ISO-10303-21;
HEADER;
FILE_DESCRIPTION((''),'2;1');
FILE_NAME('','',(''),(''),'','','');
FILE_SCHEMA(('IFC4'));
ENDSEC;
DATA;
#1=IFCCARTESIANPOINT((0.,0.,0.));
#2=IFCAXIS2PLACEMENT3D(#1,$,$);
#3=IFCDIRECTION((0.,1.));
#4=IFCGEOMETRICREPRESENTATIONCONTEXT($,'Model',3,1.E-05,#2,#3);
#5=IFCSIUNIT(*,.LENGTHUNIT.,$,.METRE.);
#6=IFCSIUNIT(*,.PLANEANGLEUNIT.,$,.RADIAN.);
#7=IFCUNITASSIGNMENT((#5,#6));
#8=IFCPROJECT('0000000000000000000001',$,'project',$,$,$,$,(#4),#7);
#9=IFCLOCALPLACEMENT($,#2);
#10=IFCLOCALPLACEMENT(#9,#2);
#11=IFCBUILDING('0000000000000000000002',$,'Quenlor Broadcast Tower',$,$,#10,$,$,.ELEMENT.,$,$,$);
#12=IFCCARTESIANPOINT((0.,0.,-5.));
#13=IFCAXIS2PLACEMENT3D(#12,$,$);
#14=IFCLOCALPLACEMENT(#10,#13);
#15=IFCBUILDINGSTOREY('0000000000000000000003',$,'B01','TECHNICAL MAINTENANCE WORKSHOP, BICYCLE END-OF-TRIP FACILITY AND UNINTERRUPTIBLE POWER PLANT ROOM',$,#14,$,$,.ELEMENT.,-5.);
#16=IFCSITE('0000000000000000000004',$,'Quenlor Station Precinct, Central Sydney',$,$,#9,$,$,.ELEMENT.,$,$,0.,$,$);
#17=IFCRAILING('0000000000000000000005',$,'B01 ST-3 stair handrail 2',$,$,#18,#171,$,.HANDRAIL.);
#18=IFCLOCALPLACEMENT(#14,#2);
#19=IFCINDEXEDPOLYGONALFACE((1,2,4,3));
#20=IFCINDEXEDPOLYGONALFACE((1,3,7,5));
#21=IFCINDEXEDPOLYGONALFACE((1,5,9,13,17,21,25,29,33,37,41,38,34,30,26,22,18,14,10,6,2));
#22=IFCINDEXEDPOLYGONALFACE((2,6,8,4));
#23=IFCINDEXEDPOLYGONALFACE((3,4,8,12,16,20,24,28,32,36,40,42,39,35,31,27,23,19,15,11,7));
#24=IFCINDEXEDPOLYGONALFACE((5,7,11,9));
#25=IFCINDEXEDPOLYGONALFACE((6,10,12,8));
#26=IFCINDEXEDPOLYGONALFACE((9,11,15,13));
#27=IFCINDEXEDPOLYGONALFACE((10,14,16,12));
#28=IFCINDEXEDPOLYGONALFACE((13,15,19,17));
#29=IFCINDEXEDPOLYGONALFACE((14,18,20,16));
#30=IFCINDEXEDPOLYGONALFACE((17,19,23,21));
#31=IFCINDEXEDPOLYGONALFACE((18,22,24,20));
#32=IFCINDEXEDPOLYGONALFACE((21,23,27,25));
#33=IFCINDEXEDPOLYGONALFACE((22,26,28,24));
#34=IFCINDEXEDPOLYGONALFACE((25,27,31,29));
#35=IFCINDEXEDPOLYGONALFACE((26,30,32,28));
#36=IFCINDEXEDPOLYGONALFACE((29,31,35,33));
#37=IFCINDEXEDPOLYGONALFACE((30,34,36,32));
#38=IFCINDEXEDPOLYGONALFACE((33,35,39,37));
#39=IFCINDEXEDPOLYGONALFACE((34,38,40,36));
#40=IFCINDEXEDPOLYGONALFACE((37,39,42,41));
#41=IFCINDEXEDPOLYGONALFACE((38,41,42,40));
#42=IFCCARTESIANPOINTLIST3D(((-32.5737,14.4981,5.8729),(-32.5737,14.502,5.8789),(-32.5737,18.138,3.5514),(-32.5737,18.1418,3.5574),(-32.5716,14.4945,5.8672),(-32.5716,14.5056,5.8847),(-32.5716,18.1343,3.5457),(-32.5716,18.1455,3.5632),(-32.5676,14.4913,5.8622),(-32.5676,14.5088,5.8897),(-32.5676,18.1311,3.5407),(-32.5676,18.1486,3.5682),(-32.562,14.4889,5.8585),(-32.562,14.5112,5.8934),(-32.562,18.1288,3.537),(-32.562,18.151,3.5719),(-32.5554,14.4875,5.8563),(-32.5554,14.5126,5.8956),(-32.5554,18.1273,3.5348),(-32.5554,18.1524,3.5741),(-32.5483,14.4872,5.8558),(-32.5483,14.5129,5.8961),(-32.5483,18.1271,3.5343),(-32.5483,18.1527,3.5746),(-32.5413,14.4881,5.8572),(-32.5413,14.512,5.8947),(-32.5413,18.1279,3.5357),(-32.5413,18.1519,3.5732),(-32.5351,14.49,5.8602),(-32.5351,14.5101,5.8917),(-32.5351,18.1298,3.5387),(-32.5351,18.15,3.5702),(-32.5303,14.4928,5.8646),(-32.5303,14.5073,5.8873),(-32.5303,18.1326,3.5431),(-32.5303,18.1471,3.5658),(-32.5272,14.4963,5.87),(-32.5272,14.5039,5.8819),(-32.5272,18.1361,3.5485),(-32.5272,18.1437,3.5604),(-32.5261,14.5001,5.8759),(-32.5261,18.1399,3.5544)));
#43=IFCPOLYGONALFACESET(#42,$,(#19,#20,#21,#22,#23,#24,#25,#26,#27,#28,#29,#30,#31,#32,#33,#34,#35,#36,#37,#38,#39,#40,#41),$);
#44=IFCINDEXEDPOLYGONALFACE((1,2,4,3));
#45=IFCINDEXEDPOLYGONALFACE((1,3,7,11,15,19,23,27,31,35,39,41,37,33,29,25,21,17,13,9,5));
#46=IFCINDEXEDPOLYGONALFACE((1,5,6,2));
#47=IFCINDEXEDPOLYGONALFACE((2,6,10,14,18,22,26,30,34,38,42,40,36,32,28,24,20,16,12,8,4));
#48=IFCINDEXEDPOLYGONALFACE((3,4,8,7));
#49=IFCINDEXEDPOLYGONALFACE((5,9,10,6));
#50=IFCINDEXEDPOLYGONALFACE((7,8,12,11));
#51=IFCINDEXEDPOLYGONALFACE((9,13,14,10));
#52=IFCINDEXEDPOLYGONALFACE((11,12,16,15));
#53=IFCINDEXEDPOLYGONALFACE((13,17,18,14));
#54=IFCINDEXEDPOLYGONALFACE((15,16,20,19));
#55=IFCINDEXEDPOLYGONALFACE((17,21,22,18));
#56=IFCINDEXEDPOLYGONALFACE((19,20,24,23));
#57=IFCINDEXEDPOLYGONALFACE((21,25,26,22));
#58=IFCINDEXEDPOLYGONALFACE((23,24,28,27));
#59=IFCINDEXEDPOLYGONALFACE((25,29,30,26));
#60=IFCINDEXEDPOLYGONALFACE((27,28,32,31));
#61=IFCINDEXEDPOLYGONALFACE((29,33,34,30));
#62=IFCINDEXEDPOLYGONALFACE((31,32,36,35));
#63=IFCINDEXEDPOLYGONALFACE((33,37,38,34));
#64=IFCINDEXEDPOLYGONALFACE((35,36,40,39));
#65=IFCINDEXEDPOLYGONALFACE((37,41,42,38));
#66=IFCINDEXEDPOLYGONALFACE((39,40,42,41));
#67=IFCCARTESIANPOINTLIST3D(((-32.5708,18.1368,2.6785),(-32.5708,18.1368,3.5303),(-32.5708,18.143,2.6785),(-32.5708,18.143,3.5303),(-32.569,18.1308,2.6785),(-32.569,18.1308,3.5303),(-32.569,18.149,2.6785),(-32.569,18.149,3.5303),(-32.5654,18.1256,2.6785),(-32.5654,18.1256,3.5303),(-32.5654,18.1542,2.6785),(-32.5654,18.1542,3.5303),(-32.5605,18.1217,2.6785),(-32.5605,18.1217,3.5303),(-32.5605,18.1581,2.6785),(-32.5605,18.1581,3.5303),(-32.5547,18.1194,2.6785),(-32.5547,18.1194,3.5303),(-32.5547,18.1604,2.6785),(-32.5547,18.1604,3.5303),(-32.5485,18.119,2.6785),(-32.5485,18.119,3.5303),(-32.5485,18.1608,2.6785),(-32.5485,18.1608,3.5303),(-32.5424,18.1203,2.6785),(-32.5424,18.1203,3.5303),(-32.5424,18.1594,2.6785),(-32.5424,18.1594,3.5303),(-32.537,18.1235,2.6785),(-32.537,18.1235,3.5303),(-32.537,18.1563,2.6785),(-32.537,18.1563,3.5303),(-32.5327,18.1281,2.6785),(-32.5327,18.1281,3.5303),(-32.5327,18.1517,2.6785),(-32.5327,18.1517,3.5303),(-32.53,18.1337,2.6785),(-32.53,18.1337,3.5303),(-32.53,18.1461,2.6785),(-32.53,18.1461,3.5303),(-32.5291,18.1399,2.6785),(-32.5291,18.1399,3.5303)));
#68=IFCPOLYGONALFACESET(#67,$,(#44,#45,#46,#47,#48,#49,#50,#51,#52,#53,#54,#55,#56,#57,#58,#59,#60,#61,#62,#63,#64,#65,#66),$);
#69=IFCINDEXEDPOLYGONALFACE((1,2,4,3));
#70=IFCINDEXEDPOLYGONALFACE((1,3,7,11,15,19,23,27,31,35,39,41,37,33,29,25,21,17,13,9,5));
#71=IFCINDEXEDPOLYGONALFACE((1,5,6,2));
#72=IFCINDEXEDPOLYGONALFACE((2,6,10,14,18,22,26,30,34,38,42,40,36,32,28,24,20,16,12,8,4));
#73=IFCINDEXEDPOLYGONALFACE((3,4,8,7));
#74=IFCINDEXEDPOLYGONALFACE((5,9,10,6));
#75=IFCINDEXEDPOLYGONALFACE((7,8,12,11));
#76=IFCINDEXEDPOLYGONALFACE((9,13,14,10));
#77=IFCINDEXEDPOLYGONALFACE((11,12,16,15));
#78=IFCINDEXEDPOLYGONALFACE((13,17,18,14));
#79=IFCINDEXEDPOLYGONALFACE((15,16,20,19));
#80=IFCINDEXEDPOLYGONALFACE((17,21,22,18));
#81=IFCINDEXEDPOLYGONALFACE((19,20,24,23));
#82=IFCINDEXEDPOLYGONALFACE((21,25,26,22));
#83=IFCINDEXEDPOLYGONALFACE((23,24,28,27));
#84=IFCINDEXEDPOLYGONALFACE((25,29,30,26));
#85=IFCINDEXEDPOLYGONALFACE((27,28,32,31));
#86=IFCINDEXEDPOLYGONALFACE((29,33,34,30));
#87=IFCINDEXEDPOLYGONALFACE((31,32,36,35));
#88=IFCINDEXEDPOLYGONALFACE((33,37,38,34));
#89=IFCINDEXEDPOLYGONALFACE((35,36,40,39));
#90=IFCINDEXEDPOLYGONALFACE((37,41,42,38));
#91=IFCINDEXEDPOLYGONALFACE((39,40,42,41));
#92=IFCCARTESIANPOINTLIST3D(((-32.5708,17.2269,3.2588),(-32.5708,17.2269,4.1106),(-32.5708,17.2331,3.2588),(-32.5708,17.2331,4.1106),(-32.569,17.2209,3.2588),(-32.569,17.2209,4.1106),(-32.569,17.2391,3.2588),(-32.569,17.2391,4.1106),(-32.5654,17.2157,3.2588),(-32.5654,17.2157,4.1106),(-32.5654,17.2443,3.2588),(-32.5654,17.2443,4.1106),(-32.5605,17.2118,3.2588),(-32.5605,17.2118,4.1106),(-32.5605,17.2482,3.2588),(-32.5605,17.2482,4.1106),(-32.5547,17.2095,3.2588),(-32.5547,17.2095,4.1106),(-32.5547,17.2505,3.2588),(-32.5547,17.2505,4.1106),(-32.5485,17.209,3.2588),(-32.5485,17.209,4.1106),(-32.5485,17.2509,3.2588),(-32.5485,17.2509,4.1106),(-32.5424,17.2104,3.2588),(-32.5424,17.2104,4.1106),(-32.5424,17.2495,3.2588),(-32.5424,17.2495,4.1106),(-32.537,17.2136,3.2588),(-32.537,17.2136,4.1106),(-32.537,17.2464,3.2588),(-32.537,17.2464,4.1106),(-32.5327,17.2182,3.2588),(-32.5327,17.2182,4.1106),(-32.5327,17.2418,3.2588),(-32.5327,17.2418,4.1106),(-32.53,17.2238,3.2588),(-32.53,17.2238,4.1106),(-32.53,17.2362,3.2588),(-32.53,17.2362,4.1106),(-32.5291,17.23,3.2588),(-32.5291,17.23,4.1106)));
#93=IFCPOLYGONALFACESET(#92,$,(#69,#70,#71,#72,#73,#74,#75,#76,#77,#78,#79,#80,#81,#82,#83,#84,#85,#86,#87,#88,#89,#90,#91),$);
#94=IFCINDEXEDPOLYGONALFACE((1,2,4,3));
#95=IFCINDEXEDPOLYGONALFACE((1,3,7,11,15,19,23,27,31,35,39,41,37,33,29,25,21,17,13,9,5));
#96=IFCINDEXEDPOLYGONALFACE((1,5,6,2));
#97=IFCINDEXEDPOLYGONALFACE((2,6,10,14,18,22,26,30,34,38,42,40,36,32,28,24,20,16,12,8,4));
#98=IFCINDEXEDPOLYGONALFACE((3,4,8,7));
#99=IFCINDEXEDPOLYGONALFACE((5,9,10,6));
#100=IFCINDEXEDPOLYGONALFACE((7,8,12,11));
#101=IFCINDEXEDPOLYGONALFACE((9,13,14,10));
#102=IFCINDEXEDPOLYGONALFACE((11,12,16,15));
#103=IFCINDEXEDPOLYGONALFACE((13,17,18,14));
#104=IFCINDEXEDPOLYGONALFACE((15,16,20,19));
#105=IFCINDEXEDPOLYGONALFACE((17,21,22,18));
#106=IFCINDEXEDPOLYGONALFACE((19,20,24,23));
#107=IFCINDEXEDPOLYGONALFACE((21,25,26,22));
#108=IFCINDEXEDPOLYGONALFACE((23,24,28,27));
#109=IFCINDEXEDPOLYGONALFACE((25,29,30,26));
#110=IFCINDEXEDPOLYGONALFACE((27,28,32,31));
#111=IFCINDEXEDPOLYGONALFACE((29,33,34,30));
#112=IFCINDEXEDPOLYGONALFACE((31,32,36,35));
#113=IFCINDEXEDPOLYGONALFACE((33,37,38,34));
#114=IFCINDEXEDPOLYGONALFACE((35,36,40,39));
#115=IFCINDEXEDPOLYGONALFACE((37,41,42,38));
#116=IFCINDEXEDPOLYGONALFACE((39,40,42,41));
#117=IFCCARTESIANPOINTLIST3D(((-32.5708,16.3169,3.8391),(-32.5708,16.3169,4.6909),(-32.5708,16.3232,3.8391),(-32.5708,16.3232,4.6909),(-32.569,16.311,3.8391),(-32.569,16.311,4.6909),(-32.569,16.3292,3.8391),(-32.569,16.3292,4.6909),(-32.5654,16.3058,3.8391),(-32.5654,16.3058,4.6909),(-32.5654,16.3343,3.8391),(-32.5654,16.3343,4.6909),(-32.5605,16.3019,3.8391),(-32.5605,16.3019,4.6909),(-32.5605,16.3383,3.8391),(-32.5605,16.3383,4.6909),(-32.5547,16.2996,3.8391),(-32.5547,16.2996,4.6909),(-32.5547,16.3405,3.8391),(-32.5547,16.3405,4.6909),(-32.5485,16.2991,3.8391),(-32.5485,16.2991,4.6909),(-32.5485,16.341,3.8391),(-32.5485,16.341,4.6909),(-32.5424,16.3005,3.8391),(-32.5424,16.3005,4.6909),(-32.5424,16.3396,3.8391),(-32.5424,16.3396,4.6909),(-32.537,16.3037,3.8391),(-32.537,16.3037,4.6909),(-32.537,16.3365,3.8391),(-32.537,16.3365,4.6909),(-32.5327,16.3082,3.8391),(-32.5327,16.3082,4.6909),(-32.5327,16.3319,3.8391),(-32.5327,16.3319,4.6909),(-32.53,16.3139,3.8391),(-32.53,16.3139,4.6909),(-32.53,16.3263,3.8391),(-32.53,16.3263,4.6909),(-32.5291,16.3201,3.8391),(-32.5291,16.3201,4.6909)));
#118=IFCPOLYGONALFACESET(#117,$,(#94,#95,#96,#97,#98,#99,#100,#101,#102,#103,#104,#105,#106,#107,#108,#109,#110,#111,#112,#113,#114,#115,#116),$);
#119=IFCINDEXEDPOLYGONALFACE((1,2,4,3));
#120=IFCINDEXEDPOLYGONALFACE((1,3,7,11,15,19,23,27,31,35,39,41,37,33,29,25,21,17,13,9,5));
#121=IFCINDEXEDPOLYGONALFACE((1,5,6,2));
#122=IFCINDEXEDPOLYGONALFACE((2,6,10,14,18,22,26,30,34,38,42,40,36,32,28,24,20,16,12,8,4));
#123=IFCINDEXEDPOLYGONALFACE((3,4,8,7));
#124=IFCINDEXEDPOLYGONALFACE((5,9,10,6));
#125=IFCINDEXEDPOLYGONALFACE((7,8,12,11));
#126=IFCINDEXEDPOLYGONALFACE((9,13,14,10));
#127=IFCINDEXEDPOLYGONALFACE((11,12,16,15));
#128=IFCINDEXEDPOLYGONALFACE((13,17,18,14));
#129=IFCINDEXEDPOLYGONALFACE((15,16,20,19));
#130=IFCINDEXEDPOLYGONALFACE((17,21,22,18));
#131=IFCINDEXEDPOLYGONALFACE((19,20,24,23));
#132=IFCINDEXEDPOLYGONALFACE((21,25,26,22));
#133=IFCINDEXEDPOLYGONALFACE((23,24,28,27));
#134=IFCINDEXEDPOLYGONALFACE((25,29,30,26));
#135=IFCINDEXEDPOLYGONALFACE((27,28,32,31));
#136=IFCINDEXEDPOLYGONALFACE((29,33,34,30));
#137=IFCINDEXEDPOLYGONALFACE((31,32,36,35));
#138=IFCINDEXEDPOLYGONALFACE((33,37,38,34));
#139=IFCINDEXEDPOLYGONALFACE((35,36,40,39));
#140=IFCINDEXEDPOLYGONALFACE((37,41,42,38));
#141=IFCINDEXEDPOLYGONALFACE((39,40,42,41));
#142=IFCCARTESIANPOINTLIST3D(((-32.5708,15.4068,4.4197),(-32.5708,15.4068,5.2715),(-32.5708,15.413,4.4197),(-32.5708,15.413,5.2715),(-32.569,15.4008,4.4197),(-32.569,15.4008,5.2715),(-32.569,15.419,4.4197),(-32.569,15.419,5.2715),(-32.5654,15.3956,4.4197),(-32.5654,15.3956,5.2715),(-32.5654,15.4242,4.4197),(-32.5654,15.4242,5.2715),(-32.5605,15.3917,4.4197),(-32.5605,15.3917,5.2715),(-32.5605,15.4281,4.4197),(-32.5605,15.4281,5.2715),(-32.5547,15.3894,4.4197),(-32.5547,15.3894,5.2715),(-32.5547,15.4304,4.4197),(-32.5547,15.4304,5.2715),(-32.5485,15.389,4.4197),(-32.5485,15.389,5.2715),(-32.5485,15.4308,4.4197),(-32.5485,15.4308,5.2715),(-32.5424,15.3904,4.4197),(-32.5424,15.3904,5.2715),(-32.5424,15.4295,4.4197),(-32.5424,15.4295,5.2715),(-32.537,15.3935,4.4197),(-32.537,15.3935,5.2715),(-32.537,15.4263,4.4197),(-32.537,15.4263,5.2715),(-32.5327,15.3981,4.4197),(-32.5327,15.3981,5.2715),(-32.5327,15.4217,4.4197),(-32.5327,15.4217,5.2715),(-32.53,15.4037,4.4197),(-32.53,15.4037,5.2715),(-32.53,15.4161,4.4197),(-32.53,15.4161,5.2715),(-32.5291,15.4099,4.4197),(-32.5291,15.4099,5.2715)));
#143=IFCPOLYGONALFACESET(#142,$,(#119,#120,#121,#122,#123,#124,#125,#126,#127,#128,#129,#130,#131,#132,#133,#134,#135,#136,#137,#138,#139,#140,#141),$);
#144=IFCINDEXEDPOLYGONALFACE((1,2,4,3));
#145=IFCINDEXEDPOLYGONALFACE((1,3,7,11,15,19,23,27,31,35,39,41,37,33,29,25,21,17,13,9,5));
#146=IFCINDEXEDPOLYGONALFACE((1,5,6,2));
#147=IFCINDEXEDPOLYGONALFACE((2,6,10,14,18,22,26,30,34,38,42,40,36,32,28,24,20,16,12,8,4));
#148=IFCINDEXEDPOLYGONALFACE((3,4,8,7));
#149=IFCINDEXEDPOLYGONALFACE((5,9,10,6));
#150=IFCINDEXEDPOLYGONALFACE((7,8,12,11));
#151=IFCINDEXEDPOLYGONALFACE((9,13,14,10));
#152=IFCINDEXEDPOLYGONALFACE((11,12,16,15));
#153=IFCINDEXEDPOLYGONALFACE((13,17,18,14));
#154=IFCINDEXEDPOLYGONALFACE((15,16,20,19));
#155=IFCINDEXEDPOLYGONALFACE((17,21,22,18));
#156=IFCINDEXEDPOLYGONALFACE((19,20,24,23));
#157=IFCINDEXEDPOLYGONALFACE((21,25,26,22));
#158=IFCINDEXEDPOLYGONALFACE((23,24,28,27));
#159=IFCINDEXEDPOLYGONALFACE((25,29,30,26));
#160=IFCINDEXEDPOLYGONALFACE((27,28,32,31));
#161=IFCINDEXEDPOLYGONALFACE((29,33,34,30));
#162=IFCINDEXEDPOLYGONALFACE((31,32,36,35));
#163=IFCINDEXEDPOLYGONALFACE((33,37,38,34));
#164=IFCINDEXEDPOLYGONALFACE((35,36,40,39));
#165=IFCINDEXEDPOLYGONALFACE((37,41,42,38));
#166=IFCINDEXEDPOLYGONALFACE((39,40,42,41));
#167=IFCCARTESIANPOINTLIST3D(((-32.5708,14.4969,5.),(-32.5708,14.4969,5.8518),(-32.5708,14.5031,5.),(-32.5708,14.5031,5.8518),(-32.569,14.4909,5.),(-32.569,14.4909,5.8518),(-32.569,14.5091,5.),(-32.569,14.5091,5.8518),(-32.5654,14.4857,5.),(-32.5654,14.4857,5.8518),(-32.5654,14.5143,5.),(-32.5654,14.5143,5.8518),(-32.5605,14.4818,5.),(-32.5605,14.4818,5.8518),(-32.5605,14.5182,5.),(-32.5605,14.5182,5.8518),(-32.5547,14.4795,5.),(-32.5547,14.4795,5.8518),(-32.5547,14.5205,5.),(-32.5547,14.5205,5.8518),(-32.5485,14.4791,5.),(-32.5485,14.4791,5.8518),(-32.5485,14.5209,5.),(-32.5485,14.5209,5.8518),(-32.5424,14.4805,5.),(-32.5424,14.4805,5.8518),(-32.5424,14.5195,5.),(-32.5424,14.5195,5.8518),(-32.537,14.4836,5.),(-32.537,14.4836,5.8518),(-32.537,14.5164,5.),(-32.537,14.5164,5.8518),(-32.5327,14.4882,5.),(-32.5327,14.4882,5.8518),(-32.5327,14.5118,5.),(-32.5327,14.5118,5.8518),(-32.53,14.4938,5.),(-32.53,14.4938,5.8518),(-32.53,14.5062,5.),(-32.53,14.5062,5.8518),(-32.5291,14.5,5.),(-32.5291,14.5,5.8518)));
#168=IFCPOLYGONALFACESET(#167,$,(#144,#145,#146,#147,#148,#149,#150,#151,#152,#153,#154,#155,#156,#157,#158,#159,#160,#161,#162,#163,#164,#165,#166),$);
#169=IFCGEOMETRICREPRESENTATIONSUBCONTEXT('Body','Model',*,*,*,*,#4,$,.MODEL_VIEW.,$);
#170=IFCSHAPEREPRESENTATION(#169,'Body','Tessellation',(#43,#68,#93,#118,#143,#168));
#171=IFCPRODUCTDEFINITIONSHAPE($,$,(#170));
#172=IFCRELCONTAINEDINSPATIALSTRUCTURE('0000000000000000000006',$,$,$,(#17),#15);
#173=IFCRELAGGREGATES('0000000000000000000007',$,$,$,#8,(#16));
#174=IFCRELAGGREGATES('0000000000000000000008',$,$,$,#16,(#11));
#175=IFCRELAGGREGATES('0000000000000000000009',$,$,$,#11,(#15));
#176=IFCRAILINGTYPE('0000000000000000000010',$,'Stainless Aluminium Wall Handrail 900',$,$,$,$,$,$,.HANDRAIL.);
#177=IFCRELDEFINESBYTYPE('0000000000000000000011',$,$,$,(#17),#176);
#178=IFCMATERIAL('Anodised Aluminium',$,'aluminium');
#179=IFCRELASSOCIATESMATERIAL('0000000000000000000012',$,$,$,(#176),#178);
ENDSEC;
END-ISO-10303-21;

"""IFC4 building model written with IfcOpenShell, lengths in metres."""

from ifc_helpers import new_model, si_unit, direction, frame, origin, origin_2d, place, context, subcontext, project, spatial, circle, extrude, material, type_object, element, save


model = new_model("IFC4")

# Units and contexts
model_context = context("Model", 3, precision=1e-05, world=origin(), true_north=direction((0.0, 1.0)))
body_context = subcontext(model_context, "Body", "Model", "MODEL_VIEW")
ifc_project = project(units=[si_unit("LENGTHUNIT", "METRE"), si_unit("PLANEANGLEUNIT", "RADIAN")], contexts=[model_context])

# Site, building, storey
site_placement = place(None, origin())
site = spatial("IfcSite", under=ifc_project, at=site_placement, Name="Quenlor Station Precinct, Central Sydney", CompositionType="ELEMENT", RefElevation=0.0)
building_placement = place(site_placement, origin())
building = spatial("IfcBuilding", under=site, at=building_placement, Name="Quenlor Broadcast Tower", CompositionType="ELEMENT")
storey_placement = place(building_placement, frame((0.0, 0.0, -5.0)))
storey = spatial("IfcBuildingStorey", under=building, at=storey_placement, Name="B01", Description="TECHNICAL MAINTENANCE WORKSHOP, BICYCLE END-OF-TRIP FACILITY AND UNINTERRUPTIBLE POWER PLANT ROOM", CompositionType="ELEMENT", Elevation=-5.0)

# Railing
ifc_material_1 = material(Name="Anodised Aluminium", Category="aluminium")
railing_type_1 = type_object("IfcRailingType", Name="Stainless Aluminium Wall Handrail 900", PredefinedType="HANDRAIL", material=ifc_material_1)
railing_1_placement = place(storey_placement, frame((-32.55, 18.1399, 2.6785)))
element("IfcRailing", 1, at=railing_1_placement, inside=storey, type_object=railing_type_1, Name="B01 ST-3 stair handrail 2", PredefinedType="HANDRAIL", context=body_context, shape_type="SweptSolid", body=[
    extrude(circle(Radius=0.0239, at=origin_2d()), frame((0.0, 0.0, 0.876), z_axis=(0.0, -0.843112, 0.537739), x_axis=(1.0, 0.0, 0.0)), (0.0, 0.0, 1.0), 4.3171),
    extrude(circle(Radius=0.021, at=origin_2d()), origin(), (0.0, 0.0, 1.0), 0.8518),
    extrude(circle(Radius=0.021, at=origin_2d()), frame((0.0, -0.9099, 0.5803)), (0.0, 0.0, 1.0), 0.8518),
    extrude(circle(Radius=0.021, at=origin_2d()), frame((0.0, -1.8198, 1.1606)), (0.0, 0.0, 1.0), 0.8518),
    extrude(circle(Radius=0.021, at=origin_2d()), frame((0.0, -2.73, 1.7412)), (0.0, 0.0, 1.0), 0.8518),
    extrude(circle(Radius=0.021, at=origin_2d()), frame((0.0, -3.6399, 2.3215)), (0.0, 0.0, 1.0), 0.8518),
])

save(model, "model.ifc")
